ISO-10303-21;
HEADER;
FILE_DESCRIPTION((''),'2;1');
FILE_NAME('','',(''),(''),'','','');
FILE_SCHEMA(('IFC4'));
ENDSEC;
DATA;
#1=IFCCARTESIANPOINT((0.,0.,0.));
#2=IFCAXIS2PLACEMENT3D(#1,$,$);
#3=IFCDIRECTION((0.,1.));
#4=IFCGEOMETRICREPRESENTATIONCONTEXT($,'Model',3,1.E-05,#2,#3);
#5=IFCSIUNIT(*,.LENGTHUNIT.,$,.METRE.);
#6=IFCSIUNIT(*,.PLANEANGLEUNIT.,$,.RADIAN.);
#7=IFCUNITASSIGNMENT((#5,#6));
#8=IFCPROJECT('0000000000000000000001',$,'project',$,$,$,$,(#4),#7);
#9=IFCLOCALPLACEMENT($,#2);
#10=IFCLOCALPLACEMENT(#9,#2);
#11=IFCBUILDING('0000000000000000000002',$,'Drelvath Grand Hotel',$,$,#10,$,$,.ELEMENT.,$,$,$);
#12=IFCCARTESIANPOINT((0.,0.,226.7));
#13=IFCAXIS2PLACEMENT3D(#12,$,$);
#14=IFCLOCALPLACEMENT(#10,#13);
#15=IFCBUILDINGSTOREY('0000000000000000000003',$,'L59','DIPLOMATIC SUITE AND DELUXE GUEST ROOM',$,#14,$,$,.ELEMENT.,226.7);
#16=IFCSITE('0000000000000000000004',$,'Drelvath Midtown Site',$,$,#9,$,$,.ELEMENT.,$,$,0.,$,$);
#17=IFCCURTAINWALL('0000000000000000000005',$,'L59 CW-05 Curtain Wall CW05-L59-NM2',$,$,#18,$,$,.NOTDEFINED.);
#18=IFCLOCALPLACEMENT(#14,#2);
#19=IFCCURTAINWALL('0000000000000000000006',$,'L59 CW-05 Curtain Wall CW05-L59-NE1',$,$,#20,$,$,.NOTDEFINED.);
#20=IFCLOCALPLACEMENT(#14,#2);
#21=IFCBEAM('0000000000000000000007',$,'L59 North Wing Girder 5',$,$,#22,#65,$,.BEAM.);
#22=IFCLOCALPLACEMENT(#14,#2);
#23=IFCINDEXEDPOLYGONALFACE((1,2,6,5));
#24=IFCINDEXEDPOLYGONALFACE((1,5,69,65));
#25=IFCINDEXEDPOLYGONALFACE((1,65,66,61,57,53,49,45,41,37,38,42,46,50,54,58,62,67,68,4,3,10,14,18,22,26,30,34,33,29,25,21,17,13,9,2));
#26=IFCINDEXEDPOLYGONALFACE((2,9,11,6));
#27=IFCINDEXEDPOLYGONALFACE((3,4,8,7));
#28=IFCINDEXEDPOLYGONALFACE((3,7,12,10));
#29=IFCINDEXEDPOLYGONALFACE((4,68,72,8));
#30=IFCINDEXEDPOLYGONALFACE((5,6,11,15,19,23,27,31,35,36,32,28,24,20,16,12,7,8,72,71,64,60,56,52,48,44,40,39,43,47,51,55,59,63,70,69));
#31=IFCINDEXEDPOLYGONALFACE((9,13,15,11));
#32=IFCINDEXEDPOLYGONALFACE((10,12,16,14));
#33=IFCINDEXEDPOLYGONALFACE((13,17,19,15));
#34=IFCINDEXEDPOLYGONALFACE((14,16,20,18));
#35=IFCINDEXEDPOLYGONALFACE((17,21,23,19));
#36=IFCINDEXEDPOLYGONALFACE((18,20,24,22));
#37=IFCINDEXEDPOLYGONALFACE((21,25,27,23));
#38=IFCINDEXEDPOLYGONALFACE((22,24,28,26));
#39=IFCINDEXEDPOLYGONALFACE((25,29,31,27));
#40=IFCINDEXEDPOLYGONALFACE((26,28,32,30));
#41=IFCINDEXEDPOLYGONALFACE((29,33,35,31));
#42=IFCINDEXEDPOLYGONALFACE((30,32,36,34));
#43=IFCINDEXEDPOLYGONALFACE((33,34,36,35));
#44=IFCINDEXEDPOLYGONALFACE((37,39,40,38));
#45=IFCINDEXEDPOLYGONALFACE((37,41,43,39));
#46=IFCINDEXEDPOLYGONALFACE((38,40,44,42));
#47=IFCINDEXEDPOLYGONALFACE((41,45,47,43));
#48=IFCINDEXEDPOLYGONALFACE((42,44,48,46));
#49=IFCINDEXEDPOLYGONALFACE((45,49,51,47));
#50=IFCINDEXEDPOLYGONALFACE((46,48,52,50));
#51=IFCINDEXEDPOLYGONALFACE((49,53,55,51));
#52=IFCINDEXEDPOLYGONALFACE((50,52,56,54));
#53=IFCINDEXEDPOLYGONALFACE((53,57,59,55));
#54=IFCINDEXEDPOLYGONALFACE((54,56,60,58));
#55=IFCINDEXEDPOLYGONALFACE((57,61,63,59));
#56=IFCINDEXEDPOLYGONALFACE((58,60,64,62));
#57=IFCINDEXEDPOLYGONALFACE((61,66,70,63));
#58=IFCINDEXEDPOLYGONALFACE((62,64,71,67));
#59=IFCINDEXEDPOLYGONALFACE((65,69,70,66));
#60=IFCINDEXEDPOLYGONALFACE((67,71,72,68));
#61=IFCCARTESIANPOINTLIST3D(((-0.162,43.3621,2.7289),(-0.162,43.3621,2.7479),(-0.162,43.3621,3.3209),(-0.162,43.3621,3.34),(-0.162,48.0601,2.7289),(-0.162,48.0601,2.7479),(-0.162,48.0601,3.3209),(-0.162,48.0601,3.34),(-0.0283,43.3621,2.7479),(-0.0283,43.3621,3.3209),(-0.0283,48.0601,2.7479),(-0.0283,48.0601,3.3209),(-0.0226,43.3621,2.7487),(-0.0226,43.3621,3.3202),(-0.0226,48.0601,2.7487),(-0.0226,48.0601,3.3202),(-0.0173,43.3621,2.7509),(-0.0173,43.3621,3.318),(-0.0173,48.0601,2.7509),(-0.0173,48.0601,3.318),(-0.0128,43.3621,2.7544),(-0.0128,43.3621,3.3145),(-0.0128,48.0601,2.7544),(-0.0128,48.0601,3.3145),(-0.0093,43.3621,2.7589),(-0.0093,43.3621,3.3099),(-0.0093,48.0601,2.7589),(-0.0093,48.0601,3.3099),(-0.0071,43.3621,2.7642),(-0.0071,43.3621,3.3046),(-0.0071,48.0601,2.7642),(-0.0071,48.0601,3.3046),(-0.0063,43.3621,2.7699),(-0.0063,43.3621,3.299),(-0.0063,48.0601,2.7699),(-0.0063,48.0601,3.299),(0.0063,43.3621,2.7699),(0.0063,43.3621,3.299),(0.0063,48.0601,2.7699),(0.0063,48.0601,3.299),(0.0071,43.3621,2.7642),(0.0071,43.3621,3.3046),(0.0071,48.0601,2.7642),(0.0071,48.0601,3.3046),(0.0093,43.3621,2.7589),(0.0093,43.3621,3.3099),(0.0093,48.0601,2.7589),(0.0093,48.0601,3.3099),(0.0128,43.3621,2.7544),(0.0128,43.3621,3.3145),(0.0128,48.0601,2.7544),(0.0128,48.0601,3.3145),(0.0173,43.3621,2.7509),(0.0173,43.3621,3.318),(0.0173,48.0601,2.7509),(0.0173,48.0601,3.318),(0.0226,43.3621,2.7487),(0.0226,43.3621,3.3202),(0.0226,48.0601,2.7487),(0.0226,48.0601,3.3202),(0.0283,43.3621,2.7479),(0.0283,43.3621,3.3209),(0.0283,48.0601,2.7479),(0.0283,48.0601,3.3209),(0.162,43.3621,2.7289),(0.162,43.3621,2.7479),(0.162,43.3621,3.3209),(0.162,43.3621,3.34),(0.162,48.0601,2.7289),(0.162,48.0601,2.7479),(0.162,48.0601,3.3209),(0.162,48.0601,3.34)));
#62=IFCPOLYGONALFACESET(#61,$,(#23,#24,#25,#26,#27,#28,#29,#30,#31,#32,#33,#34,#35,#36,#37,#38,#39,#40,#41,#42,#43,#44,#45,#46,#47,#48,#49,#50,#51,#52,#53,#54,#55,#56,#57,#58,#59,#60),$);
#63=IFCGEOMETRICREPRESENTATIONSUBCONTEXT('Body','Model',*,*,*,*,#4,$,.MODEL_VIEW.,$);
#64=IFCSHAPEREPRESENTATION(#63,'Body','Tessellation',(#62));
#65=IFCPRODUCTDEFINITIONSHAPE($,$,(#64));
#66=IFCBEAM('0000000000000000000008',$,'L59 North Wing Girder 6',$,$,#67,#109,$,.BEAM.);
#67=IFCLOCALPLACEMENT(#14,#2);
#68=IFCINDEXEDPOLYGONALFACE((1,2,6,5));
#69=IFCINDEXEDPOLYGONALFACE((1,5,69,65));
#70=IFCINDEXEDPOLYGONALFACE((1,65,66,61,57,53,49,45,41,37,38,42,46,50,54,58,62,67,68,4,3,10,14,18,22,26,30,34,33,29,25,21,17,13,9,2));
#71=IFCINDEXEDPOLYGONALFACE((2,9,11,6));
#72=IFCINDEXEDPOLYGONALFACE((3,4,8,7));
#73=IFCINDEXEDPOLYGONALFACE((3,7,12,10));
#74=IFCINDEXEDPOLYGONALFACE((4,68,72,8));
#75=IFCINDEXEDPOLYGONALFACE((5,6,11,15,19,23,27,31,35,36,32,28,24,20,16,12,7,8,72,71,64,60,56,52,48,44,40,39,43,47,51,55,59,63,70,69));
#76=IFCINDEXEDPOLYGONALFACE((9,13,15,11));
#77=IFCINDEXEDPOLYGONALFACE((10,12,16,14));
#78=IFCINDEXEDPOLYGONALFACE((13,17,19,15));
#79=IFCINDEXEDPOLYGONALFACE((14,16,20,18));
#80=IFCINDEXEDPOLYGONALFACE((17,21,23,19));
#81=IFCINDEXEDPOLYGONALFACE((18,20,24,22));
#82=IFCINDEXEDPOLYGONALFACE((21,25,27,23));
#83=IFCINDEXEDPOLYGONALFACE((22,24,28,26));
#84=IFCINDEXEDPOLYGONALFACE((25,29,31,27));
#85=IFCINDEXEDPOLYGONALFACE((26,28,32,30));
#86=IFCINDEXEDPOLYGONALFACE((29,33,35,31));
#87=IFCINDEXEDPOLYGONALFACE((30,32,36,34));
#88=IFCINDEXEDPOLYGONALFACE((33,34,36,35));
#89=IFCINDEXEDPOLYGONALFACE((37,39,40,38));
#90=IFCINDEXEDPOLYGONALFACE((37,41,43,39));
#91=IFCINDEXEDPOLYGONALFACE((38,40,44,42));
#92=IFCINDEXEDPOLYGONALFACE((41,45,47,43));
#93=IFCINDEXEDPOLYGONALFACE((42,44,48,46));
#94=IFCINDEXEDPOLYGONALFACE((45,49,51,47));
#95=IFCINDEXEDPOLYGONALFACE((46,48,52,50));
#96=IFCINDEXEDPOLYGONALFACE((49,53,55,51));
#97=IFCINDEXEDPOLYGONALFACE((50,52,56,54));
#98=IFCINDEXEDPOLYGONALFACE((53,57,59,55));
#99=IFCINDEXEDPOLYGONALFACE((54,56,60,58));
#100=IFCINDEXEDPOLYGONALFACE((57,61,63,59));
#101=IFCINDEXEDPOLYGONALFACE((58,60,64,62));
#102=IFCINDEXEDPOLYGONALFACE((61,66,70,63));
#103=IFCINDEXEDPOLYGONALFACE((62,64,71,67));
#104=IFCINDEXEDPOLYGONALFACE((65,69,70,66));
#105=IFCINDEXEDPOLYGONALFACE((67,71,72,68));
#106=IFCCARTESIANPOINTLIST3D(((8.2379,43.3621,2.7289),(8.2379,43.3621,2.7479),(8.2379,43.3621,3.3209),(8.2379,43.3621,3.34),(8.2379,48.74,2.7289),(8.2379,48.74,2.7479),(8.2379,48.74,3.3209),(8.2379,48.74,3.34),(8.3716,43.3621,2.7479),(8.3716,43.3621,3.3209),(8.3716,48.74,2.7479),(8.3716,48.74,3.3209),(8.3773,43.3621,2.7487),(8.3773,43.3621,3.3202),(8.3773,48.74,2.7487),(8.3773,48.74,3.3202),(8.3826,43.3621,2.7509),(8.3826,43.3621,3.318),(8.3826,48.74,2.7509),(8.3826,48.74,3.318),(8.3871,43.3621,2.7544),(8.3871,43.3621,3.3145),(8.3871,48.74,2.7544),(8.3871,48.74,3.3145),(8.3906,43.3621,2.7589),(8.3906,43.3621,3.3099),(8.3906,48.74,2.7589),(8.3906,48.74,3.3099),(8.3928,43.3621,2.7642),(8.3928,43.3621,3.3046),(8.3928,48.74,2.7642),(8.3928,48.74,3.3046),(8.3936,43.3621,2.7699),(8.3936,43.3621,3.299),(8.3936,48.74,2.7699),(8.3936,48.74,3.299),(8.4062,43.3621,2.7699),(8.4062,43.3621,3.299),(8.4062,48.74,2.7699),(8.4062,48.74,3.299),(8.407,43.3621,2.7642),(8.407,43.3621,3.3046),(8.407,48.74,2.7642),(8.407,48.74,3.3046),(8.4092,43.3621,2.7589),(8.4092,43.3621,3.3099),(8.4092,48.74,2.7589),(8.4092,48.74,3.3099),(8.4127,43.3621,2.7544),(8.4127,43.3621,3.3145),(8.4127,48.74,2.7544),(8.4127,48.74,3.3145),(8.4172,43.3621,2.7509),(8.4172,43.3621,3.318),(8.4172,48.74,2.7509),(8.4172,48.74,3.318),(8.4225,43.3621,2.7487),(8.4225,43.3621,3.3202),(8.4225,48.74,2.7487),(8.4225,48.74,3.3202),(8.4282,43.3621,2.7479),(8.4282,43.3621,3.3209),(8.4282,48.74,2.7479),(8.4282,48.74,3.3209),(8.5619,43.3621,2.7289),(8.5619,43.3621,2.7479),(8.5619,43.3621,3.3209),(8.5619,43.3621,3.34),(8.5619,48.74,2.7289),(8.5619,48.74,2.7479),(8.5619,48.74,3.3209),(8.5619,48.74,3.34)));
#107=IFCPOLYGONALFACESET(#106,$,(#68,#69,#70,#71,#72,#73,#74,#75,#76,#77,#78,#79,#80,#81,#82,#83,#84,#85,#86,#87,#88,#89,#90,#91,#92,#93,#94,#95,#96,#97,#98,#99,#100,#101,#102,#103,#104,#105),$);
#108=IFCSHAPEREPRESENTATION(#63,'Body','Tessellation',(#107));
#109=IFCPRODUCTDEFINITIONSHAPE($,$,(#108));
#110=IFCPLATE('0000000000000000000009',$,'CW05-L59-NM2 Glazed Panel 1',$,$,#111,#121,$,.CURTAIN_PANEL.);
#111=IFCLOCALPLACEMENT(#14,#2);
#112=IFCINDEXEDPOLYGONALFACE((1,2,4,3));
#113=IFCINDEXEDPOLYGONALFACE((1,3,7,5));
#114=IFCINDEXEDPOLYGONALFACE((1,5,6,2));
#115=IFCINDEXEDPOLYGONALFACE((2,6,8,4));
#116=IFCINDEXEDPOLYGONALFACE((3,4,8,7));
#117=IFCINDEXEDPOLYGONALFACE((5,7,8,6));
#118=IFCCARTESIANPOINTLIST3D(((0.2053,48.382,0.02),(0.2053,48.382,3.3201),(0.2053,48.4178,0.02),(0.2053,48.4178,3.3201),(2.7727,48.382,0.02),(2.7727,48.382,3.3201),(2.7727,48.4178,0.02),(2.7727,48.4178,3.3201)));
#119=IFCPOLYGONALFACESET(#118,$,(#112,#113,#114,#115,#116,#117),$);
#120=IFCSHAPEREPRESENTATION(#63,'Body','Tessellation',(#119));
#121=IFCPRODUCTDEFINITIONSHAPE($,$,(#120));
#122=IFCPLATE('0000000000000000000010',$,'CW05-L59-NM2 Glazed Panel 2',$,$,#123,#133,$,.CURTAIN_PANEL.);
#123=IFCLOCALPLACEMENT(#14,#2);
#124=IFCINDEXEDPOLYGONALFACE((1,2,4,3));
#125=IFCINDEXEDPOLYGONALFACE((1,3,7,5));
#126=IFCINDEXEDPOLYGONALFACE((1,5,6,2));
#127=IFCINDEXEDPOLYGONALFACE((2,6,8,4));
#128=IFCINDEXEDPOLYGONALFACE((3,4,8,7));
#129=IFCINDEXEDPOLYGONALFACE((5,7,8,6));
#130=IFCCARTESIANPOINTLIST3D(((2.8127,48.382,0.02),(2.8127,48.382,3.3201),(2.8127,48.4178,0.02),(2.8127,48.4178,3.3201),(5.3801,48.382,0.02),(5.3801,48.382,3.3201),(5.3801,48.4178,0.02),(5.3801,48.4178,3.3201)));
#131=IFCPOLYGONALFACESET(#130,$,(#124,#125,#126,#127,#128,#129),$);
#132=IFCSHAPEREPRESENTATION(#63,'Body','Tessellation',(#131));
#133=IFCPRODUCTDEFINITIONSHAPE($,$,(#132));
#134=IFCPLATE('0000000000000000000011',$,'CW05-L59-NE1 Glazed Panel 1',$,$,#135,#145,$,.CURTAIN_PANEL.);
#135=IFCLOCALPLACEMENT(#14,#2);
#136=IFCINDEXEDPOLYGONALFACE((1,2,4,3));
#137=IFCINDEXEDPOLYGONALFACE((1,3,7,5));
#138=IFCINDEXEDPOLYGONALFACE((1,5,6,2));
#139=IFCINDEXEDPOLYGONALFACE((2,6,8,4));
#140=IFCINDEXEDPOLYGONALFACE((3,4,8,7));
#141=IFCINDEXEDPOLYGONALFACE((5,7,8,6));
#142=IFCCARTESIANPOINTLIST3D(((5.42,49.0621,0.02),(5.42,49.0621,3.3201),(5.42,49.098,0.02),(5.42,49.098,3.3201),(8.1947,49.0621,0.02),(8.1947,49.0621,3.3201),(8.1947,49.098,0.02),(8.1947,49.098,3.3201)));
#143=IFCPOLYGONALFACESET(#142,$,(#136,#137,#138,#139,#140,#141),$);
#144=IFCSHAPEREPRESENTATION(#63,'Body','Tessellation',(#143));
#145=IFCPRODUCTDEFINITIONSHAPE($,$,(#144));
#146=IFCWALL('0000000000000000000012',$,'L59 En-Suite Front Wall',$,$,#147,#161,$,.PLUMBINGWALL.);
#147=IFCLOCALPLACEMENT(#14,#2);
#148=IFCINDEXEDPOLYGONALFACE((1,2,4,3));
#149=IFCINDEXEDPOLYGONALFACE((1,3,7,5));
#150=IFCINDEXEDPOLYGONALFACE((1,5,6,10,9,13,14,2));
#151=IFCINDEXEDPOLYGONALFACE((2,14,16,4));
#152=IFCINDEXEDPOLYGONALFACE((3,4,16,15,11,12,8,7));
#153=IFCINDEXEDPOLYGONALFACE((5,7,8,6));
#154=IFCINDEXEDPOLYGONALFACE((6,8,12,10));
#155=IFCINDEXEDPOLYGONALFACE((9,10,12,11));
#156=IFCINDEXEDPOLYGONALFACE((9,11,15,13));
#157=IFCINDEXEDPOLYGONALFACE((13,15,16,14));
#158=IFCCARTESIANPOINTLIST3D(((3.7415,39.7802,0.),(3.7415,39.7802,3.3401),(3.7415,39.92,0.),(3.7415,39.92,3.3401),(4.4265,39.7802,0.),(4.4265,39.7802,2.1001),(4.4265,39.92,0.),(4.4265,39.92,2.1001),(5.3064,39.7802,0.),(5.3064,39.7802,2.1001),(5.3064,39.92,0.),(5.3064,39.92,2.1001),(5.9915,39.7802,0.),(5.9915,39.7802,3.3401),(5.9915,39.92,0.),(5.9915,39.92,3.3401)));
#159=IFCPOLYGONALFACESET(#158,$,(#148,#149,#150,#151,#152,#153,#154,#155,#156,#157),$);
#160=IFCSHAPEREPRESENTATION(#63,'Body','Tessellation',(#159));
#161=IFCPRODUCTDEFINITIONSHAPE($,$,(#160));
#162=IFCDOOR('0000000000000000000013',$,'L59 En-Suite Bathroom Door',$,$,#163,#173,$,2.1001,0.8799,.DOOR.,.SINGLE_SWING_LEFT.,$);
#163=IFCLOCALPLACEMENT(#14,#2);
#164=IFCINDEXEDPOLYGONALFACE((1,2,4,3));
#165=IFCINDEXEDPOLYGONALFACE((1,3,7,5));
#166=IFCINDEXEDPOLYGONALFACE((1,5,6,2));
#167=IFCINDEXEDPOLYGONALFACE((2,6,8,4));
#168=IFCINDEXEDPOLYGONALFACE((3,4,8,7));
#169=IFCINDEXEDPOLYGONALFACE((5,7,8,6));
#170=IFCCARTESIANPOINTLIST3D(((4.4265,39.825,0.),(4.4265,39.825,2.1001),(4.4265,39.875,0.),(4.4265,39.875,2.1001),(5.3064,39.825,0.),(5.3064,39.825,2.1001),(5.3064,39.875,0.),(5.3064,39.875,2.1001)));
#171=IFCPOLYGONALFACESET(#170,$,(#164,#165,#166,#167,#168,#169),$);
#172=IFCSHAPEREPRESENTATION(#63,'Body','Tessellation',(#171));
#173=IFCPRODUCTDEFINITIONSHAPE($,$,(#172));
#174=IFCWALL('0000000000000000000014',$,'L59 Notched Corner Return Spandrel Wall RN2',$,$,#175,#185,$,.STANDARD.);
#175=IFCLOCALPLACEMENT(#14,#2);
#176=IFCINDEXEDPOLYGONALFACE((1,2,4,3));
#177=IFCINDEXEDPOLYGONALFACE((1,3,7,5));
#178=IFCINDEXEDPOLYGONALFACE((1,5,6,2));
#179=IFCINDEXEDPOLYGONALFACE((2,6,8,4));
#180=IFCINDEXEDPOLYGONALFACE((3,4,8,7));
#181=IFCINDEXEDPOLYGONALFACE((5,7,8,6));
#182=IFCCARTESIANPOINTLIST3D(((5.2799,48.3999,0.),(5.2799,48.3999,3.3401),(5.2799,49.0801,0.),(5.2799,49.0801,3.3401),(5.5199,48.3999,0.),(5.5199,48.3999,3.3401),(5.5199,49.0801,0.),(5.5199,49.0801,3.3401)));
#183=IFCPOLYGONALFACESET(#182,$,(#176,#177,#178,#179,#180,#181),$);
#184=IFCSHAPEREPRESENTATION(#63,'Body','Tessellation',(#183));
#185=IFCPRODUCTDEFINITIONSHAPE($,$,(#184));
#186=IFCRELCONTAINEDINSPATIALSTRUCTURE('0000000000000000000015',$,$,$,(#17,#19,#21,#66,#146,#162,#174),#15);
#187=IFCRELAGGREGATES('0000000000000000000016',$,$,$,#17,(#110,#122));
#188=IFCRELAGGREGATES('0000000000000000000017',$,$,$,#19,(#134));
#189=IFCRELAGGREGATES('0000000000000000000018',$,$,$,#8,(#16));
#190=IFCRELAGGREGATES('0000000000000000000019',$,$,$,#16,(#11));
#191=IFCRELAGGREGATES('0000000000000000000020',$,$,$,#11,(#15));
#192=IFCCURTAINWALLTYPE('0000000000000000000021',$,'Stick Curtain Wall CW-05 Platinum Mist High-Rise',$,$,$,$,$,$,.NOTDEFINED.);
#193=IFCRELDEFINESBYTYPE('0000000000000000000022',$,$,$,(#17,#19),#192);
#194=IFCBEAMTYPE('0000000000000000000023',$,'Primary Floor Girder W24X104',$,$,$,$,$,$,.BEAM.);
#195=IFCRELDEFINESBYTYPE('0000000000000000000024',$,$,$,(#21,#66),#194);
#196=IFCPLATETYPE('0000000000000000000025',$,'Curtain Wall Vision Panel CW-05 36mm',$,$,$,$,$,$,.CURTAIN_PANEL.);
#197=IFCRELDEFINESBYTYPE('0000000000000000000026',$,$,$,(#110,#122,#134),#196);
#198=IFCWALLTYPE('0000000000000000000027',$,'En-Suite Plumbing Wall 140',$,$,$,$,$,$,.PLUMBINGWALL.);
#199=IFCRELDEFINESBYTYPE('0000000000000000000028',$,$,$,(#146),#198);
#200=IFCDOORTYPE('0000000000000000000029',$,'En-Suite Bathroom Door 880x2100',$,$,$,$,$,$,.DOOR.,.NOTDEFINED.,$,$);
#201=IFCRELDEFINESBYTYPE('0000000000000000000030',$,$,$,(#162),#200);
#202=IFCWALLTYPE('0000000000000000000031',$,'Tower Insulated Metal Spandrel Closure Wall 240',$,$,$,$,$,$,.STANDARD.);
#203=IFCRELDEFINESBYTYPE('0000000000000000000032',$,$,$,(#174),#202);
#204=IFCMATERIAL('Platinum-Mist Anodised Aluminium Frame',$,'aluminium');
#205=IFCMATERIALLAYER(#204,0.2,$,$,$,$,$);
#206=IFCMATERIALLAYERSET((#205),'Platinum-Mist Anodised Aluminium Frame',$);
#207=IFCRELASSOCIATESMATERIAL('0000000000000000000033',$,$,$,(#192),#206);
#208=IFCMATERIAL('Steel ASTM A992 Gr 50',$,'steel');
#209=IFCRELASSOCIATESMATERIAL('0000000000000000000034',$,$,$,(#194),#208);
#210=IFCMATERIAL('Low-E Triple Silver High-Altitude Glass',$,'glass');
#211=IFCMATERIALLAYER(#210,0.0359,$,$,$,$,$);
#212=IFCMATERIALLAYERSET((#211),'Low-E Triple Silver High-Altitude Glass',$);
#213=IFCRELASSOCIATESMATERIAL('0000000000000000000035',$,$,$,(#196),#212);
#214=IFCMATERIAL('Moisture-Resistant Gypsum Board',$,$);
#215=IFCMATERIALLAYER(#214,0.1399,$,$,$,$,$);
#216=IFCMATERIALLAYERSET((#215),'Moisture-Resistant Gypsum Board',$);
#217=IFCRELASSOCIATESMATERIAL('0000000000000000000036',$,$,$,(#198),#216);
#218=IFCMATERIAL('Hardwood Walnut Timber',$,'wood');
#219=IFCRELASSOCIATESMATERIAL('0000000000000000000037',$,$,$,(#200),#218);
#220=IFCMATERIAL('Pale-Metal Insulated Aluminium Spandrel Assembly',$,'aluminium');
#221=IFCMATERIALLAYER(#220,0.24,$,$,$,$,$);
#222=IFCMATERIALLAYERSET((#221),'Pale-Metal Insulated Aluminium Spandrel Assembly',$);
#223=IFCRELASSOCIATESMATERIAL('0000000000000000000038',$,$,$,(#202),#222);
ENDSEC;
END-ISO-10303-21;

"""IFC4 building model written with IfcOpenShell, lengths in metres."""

from ifc_helpers import new_model, si_unit, direction, frame, frame_2d, origin, origin_2d, place, context, subcontext, project, spatial, rectangle, i_section, extrude, material, layer, layer_set, material_profile, profile_set, type_object, element, fill, aggregate, save


model = new_model("IFC4")

# Units and contexts
model_context = context("Model", 3, precision=1e-05, world=origin(), true_north=direction((0.0, 1.0)))
body_context = subcontext(model_context, "Body", "Model", "MODEL_VIEW")
ifc_project = project(units=[si_unit("LENGTHUNIT", "METRE"), si_unit("PLANEANGLEUNIT", "RADIAN")], contexts=[model_context])

# Site, building, storey
site_placement = place(None, origin())
site = spatial("IfcSite", under=ifc_project, at=site_placement, Name="Drelvath Midtown Site", CompositionType="ELEMENT", RefElevation=0.0)
building_placement = place(site_placement, origin())
building = spatial("IfcBuilding", under=site, at=building_placement, Name="Drelvath Grand Hotel", CompositionType="ELEMENT")
storey_placement = place(building_placement, frame((0.0, 0.0, 226.7)))
storey = spatial("IfcBuildingStorey", under=building, at=storey_placement, Name="L59", Description="DIPLOMATIC SUITE AND DELUXE GUEST ROOM", CompositionType="ELEMENT", Elevation=226.7)

# Curtain walls
ifc_material_1 = material(Name="Platinum-Mist Anodised Aluminium Frame", Category="aluminium")
ifc_layer_1 = layer(ifc_material_1, 0.2)
ifc_layer_set_1 = layer_set([ifc_layer_1], Name="Platinum-Mist Anodised Aluminium Frame")
curtain_wall_type = type_object("IfcCurtainWallType", Name="Stick Curtain Wall CW-05 Platinum Mist High-Rise", PredefinedType="NOTDEFINED", material=ifc_layer_set_1)
curtain_wall_1_placement = place(storey_placement, origin())
curtain_wall_1 = element("IfcCurtainWall", 1, at=curtain_wall_1_placement, inside=storey, type_object=curtain_wall_type, Name="L59 CW-05 Curtain Wall CW05-L59-NM2", PredefinedType="NOTDEFINED")
curtain_wall_2_placement = place(storey_placement, origin())
curtain_wall_2 = element("IfcCurtainWall", 2, at=curtain_wall_2_placement, inside=storey, type_object=curtain_wall_type, Name="L59 CW-05 Curtain Wall CW05-L59-NE1", PredefinedType="NOTDEFINED")

# Beams
ifc_material_2 = material(Name="Steel ASTM A992 Gr 50", Category="steel")
ifc_material_profile_1 = material_profile(ifc_material_2, i_section(OverallWidth=0.324, OverallDepth=0.6111, WebThickness=0.0127, FlangeThickness=0.019, FilletRadius=0.022, at=origin_2d()), Name="W24X104")
ifc_profile_set_1 = profile_set([ifc_material_profile_1], Name="Steel ASTM A992 Gr 50")
beam_type_1 = type_object("IfcBeamType", Name="Primary Floor Girder W24X104", PredefinedType="BEAM", material=ifc_profile_set_1)
beam_1_placement = place(storey_placement, frame((0.0, 43.3621, 3.0344), z_axis=(0.0, 1.0, 0.0), x_axis=(-1.0, 0.0, 0.0)))
element("IfcBeam", 3, at=beam_1_placement, inside=storey, type_object=beam_type_1, Name="L59 North Wing Girder 5", PredefinedType="BEAM", context=body_context, shape_type="SweptSolid", body=[
    extrude(i_section(OverallWidth=0.324, OverallDepth=0.6111, WebThickness=0.0127, FlangeThickness=0.019, FilletRadius=0.022, at=origin_2d()), origin(), (0.0, 0.0, 1.0), 4.698),
])
beam_2_placement = place(storey_placement, frame((8.3999, 43.3621, 3.0344), z_axis=(0.0, 1.0, 0.0), x_axis=(-1.0, 0.0, 0.0)))
element("IfcBeam", 4, at=beam_2_placement, inside=storey, type_object=beam_type_1, Name="L59 North Wing Girder 6", PredefinedType="BEAM", context=body_context, shape_type="SweptSolid", body=[
    extrude(i_section(OverallWidth=0.324, OverallDepth=0.6111, WebThickness=0.0127, FlangeThickness=0.019, FilletRadius=0.022, at=origin_2d()), origin(), (0.0, 0.0, 1.0), 5.3779),
])

# Plates
ifc_material_3 = material(Name="Low-E Triple Silver High-Altitude Glass", Category="glass")
ifc_layer_2 = layer(ifc_material_3, 0.0359)
ifc_layer_set_2 = layer_set([ifc_layer_2], Name="Low-E Triple Silver High-Altitude Glass")
plate_type = type_object("IfcPlateType", Name="Curtain Wall Vision Panel CW-05 36mm", PredefinedType="CURTAIN_PANEL", material=ifc_layer_set_2)
plate_1_placement = place(storey_placement, frame((1.489, 48.3999, 0.02), z_axis=(0.0, 0.0, 1.0), x_axis=(1.0, 0.0, 0.0)))
plate_1 = element("IfcPlate", 5, at=plate_1_placement, type_object=plate_type, Name="CW05-L59-NM2 Glazed Panel 1", PredefinedType="CURTAIN_PANEL", context=body_context, shape_type="SweptSolid", body=[
    extrude(rectangle(XDim=2.5674, YDim=0.0359, at=origin_2d()), origin(), (0.0, 0.0, 1.0), 3.3),
])
plate_2_placement = place(storey_placement, frame((4.0964, 48.3999, 0.02), z_axis=(0.0, 0.0, 1.0), x_axis=(1.0, 0.0, 0.0)))
plate_2 = element("IfcPlate", 6, at=plate_2_placement, type_object=plate_type, Name="CW05-L59-NM2 Glazed Panel 2", PredefinedType="CURTAIN_PANEL", context=body_context, shape_type="SweptSolid", body=[
    extrude(rectangle(XDim=2.5674, YDim=0.0359, at=origin_2d()), origin(), (0.0, 0.0, 1.0), 3.3),
])
aggregate(curtain_wall_1, [plate_1, plate_2])
plate_3_placement = place(storey_placement, frame((6.8074, 49.0801, 0.02), z_axis=(0.0, 0.0, 1.0), x_axis=(1.0, 0.0, 0.0)))
plate_3 = element("IfcPlate", 7, at=plate_3_placement, type_object=plate_type, Name="CW05-L59-NE1 Glazed Panel 1", PredefinedType="CURTAIN_PANEL", context=body_context, shape_type="SweptSolid", body=[
    extrude(rectangle(XDim=2.7747, YDim=0.0359, at=origin_2d()), origin(), (0.0, 0.0, 1.0), 3.3),
])
aggregate(curtain_wall_2, [plate_3])

# Wall, opening, door
ifc_material_4 = material(Name="Moisture-Resistant Gypsum Board")
ifc_layer_3 = layer(ifc_material_4, 0.1399)
ifc_layer_set_3 = layer_set([ifc_layer_3], Name="Moisture-Resistant Gypsum Board")
wall_type_1 = type_object("IfcWallType", Name="En-Suite Plumbing Wall 140", PredefinedType="PLUMBINGWALL", material=ifc_layer_set_3)
wall_1_placement = place(storey_placement, frame((3.7415, 39.8501, 0.0), z_axis=(0.0, 0.0, 1.0), x_axis=(1.0, 0.0, 0.0)))
wall_1 = element("IfcWall", 8, at=wall_1_placement, inside=storey, type_object=wall_type_1, Name="L59 En-Suite Front Wall", PredefinedType="PLUMBINGWALL", context=body_context, shape_type="SweptSolid", body=[
    extrude(rectangle(XDim=2.25, YDim=0.1399, at=frame_2d((1.125, 0.0))), origin(), (0.0, 0.0, 1.0), 3.3401),
])
opening_placement = place(wall_1_placement, frame((0.6851, 0.0, 0.0)))
opening = element("IfcOpeningElement", 9, at=opening_placement, cuts=wall_1, PredefinedType="OPENING", context=body_context, shape_type="SweptSolid", body=[
    extrude(rectangle(XDim=0.8799, YDim=2.1001, at=frame_2d((0.4399, 1.05))), frame((0.0, 0.0798, 0.0), z_axis=(0.0, -1.0, 0.0), x_axis=(1.0, 0.0, 0.0)), (0.0, 0.0, 1.0), 0.1599),
])
ifc_material_5 = material(Name="Hardwood Walnut Timber", Category="wood")
door_type = type_object("IfcDoorType", Name="En-Suite Bathroom Door 880x2100", OperationType="NOTDEFINED", PredefinedType="DOOR", material=ifc_material_5)
door_placement = place(opening_placement, origin())
door = element("IfcDoor", 10, at=door_placement, inside=storey, type_object=door_type, Name="L59 En-Suite Bathroom Door", OperationType="SINGLE_SWING_LEFT", OverallHeight=2.1001, OverallWidth=0.8799, PredefinedType="DOOR", context=body_context, shape_type="SweptSolid", body=[
    extrude(rectangle(XDim=0.8799, YDim=2.1001, at=frame_2d((0.4399, 1.05))), frame((0.0, 0.0249, 0.0), z_axis=(0.0, -1.0, 0.0), x_axis=(1.0, 0.0, 0.0)), (0.0, 0.0, 1.0), 0.05),
])
fill(opening, door)

# Wall
ifc_material_6 = material(Name="Pale-Metal Insulated Aluminium Spandrel Assembly", Category="aluminium")
ifc_layer_4 = layer(ifc_material_6, 0.24)
ifc_layer_set_4 = layer_set([ifc_layer_4], Name="Pale-Metal Insulated Aluminium Spandrel Assembly")
wall_type_2 = type_object("IfcWallType", Name="Tower Insulated Metal Spandrel Closure Wall 240", PredefinedType="STANDARD", material=ifc_layer_set_4)
wall_2_placement = place(storey_placement, frame((5.3999, 48.3999, 0.0), z_axis=(0.0, 0.0, 1.0), x_axis=(0.0, 1.0, 0.0)))
element("IfcWall", 11, at=wall_2_placement, inside=storey, type_object=wall_type_2, Name="L59 Notched Corner Return Spandrel Wall RN2", PredefinedType="STANDARD", context=body_context, shape_type="SweptSolid", body=[
    extrude(rectangle(XDim=0.6802, YDim=0.24, at=frame_2d((0.3401, 0.0))), origin(), (0.0, 0.0, 1.0), 3.3401),
])

save(model, "model.ifc")
